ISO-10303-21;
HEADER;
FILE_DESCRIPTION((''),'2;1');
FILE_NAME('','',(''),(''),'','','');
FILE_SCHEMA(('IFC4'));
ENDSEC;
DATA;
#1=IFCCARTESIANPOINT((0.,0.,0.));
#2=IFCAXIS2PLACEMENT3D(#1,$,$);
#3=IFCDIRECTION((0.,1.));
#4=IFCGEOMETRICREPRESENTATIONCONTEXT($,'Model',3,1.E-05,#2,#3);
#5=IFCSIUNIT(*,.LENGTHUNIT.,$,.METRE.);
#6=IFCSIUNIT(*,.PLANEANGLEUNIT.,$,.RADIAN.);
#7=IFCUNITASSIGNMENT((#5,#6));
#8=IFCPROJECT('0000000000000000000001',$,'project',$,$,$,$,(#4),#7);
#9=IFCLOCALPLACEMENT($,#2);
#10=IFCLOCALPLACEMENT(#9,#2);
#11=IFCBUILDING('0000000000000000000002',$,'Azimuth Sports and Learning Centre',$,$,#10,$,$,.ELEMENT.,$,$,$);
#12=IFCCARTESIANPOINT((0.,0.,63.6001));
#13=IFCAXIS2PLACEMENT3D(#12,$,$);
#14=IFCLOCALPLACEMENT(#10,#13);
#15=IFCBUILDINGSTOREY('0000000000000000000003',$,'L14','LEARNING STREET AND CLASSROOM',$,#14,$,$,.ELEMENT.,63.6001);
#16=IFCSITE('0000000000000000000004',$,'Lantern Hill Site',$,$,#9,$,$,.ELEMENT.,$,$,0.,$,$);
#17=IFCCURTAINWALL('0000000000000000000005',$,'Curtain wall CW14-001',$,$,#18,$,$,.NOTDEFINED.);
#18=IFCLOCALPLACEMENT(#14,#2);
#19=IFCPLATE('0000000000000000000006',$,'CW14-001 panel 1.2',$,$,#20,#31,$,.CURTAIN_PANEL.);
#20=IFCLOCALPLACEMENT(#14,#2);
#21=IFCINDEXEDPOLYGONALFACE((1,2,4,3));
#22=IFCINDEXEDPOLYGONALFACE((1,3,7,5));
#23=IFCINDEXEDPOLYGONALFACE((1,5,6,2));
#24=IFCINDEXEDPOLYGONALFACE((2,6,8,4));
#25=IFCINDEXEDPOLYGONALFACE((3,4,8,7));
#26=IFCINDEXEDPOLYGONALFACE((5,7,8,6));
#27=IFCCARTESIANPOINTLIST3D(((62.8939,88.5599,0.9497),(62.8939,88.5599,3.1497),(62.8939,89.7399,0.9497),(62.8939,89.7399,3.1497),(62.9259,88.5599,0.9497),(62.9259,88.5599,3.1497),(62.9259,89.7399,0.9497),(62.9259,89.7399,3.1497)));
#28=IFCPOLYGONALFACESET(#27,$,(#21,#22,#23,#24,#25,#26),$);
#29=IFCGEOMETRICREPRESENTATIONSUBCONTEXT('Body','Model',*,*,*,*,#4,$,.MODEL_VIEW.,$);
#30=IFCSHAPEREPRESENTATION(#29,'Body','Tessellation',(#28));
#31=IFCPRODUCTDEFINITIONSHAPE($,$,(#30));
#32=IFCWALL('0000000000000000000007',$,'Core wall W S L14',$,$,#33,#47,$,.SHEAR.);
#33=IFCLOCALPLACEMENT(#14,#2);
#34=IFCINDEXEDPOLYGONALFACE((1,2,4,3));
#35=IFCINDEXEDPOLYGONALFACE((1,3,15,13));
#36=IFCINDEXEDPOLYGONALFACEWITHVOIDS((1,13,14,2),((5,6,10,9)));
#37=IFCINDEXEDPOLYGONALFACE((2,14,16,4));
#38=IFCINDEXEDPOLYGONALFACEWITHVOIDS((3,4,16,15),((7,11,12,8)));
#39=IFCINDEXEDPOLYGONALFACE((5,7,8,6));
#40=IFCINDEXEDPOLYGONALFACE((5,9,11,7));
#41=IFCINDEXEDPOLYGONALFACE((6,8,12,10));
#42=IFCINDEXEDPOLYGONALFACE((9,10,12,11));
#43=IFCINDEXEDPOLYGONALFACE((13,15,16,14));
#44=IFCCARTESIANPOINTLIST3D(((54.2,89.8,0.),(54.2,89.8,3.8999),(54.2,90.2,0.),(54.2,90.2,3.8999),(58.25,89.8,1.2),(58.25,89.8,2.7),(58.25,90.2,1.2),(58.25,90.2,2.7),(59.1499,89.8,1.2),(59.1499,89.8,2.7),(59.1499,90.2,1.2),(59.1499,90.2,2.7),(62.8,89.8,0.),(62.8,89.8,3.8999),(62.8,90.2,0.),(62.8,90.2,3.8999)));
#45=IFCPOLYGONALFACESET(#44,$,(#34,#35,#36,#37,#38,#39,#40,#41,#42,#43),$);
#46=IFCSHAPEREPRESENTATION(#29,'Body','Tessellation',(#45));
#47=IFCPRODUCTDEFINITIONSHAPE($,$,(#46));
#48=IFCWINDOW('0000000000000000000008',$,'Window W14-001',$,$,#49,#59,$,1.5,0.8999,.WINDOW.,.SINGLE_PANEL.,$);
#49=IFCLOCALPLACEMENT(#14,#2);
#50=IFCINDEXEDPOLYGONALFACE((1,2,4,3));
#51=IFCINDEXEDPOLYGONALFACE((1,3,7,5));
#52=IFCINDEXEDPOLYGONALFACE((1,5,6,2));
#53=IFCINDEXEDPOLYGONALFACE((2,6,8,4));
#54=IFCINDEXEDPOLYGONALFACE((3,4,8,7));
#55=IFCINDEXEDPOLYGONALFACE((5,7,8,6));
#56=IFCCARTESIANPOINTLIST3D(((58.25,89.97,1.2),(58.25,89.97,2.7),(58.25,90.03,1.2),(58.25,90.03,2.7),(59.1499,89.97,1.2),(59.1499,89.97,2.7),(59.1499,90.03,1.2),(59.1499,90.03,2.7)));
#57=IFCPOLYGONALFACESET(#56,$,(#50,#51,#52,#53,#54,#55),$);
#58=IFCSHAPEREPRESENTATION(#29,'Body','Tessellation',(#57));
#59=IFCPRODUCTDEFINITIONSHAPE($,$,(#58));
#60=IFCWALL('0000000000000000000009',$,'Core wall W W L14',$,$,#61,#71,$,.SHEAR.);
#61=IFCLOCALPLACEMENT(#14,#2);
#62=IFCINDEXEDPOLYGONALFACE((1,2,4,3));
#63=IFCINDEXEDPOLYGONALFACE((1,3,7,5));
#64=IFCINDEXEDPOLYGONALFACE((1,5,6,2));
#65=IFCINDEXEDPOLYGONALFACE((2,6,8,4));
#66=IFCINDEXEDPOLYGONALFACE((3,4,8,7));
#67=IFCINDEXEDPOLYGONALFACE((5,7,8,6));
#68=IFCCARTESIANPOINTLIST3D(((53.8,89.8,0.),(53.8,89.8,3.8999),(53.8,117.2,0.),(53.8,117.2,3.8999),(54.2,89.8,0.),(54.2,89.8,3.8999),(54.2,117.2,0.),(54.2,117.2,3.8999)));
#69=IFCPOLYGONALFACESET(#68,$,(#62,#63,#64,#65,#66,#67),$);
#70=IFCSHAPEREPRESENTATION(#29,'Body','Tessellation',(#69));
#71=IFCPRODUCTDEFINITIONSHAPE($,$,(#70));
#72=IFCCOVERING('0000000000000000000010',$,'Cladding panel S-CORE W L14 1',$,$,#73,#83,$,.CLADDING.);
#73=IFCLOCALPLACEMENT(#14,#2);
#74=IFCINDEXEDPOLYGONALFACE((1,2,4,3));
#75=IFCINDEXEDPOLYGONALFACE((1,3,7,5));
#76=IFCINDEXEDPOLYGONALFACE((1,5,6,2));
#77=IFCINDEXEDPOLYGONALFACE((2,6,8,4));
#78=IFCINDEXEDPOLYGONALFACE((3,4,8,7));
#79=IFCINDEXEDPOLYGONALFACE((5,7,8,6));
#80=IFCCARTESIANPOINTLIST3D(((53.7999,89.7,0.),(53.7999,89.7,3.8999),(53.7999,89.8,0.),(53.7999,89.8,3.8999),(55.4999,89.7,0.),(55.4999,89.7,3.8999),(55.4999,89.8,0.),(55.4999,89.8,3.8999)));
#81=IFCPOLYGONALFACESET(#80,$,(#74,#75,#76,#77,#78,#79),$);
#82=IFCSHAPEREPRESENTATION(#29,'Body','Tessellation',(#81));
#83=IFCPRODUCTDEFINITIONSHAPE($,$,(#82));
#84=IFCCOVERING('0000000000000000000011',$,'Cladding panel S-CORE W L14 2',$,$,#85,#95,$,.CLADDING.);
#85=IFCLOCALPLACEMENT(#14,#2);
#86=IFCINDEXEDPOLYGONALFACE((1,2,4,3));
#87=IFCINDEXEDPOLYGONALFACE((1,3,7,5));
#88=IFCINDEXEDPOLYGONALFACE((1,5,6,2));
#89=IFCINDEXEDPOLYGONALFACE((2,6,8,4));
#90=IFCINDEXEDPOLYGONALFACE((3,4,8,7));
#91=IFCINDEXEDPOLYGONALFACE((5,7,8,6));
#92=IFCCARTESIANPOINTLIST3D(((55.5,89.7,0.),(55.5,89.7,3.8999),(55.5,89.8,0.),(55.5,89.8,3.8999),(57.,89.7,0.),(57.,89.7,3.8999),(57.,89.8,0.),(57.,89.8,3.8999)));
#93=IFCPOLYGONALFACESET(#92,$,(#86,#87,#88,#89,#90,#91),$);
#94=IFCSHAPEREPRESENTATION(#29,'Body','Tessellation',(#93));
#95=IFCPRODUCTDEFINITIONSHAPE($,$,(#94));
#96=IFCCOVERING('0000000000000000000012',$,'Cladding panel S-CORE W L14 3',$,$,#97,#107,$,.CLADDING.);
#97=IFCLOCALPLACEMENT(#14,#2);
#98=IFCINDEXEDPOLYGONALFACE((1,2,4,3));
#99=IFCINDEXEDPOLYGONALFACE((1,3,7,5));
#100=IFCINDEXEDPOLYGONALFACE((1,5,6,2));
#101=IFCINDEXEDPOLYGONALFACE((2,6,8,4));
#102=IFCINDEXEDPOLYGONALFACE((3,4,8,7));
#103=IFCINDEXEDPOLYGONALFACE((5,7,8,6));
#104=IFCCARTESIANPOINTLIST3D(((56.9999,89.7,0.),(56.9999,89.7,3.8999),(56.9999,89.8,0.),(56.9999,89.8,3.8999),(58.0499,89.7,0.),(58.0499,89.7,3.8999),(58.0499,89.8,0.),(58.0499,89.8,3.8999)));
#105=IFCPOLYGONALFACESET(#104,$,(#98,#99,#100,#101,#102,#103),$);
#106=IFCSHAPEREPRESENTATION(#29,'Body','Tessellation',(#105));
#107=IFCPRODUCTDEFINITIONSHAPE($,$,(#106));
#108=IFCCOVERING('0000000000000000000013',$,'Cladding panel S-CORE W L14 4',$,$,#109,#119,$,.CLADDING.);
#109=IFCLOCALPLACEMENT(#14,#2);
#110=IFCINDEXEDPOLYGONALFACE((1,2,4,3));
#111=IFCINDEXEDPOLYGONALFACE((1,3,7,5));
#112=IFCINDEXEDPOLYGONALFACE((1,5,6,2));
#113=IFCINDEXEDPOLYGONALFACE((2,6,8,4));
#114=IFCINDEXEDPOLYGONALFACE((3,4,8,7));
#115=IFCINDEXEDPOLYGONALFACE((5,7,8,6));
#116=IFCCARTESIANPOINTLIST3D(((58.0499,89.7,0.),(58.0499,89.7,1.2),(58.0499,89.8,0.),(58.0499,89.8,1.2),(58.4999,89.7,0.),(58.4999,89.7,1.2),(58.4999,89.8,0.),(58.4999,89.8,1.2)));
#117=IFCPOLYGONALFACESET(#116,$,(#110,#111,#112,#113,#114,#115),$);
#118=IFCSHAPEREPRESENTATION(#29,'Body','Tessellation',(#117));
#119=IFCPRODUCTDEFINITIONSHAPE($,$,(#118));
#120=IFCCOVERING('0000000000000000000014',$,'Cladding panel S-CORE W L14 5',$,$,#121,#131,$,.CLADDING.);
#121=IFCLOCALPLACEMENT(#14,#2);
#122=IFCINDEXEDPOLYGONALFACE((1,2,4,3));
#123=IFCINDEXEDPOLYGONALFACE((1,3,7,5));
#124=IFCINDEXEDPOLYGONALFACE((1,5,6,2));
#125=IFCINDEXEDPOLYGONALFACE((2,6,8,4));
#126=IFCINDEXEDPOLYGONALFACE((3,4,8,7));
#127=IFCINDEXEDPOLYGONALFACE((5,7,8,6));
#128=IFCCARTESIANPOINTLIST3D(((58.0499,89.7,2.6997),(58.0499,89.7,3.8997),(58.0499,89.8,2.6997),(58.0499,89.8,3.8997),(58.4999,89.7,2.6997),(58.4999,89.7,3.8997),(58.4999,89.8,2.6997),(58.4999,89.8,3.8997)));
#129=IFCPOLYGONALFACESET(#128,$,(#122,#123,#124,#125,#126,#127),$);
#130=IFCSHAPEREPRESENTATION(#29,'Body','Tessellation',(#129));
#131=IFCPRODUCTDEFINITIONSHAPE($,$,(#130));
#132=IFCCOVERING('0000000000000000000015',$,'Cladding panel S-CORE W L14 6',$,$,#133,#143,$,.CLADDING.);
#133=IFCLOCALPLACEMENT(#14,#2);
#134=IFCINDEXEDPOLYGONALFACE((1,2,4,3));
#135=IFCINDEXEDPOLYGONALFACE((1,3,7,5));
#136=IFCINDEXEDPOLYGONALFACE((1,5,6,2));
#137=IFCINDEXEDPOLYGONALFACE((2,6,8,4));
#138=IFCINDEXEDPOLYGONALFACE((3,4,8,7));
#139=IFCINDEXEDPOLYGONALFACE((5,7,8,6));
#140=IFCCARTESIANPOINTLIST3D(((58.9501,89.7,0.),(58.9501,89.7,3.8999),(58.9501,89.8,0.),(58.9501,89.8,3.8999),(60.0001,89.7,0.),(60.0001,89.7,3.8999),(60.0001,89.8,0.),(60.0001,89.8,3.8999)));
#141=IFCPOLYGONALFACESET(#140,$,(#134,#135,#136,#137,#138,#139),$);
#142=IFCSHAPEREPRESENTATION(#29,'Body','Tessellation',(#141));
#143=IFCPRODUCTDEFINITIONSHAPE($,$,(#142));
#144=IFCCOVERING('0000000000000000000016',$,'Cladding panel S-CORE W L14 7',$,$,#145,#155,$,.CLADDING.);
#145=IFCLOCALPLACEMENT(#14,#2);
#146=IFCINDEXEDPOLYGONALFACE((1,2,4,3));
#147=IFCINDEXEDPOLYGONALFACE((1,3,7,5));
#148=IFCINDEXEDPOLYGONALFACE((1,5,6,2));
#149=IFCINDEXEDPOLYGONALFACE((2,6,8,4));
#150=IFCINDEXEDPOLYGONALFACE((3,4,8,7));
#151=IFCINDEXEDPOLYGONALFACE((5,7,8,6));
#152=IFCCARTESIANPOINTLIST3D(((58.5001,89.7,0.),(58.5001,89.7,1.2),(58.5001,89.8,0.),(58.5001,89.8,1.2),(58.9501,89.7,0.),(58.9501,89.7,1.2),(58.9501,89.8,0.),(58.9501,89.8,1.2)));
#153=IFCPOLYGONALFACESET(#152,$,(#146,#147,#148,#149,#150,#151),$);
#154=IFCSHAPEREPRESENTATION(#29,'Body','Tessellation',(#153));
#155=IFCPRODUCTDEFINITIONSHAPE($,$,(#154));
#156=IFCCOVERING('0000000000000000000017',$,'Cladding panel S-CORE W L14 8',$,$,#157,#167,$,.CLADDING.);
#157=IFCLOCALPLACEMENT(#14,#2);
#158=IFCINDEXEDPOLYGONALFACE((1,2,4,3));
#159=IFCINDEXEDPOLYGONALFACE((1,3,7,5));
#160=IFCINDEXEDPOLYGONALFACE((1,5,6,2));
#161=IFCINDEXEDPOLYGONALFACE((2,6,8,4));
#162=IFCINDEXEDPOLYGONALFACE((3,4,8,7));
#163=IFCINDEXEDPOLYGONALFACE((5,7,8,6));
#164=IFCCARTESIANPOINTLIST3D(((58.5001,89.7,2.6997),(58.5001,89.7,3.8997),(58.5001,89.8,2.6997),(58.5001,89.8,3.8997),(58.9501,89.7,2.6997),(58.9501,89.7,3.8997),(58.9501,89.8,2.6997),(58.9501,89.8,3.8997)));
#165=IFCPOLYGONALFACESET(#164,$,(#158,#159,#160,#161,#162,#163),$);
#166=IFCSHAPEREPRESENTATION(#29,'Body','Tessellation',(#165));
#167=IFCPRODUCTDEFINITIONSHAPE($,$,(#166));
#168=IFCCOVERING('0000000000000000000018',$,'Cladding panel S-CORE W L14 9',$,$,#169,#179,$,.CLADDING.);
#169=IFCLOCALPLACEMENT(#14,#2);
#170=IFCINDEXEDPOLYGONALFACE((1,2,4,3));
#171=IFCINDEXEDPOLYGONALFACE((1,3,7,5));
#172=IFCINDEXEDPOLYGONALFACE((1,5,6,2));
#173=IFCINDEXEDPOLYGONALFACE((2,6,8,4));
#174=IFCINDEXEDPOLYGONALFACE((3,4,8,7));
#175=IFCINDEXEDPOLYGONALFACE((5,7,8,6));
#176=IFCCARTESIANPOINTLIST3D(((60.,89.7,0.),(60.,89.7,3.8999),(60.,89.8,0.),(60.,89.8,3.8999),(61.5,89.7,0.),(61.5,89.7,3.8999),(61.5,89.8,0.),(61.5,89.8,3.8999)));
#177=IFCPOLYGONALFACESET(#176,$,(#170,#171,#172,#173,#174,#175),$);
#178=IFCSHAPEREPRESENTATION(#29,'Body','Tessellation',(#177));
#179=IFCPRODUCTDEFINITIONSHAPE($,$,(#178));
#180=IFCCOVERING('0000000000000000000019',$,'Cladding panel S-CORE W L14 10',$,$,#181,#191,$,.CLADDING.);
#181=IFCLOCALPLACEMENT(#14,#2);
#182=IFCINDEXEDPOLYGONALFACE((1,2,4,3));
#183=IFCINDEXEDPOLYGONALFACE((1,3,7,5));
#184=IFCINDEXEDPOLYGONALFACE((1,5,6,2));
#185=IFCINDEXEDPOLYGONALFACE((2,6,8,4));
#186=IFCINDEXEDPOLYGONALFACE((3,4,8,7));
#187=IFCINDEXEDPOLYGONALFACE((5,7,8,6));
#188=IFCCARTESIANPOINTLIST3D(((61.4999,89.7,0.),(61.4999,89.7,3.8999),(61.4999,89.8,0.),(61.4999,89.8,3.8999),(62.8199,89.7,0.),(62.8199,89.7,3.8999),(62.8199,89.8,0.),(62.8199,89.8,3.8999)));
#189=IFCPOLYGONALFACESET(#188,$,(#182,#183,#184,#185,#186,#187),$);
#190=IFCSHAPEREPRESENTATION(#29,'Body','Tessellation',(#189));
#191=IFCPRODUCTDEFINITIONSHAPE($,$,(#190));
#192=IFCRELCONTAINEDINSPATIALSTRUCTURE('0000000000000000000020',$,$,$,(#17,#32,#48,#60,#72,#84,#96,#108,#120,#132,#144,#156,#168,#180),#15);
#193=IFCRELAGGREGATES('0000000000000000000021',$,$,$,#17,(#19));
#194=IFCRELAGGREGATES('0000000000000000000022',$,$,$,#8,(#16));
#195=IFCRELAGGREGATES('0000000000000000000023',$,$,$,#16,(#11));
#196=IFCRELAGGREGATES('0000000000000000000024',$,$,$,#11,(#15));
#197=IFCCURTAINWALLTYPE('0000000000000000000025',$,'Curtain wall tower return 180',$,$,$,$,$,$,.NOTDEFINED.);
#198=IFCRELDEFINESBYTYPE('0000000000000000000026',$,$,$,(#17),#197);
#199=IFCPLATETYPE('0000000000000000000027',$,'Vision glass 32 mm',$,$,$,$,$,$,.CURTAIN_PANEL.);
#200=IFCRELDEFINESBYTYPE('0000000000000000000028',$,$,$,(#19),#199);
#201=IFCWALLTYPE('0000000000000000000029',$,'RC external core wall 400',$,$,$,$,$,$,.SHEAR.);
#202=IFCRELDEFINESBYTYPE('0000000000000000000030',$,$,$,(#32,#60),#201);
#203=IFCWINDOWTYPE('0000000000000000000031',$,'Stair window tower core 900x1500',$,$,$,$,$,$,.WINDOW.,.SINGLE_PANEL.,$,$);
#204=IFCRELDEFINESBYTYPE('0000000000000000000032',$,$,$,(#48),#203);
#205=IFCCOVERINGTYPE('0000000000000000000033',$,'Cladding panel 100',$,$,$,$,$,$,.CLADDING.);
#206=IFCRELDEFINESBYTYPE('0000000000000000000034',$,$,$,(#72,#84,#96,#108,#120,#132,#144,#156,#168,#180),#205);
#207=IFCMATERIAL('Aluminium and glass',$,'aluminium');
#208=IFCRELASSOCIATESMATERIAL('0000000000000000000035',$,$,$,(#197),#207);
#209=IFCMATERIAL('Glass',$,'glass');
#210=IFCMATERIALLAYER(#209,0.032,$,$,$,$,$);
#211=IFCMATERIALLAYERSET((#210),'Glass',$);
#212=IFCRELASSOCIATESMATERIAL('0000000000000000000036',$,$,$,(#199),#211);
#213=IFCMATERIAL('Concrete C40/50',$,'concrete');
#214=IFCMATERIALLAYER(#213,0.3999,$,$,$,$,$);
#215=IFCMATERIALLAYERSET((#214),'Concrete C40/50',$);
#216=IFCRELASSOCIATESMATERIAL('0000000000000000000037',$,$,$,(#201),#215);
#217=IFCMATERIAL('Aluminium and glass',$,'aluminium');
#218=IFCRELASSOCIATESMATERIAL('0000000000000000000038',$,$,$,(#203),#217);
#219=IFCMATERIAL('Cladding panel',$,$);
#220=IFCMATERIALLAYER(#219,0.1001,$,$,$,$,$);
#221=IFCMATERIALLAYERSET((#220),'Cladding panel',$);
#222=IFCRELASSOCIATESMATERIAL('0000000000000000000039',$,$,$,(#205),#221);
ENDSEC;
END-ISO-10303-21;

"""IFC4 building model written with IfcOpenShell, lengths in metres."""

from ifc_helpers import new_model, si_unit, direction, frame, frame_2d, origin, origin_2d, place, context, subcontext, project, spatial, rectangle, extrude, material, layer, layer_set, type_object, element, fill, aggregate, save


model = new_model("IFC4")

# Units and contexts
model_context = context("Model", 3, precision=1e-05, world=origin(), true_north=direction((0.0, 1.0)))
body_context = subcontext(model_context, "Body", "Model", "MODEL_VIEW")
ifc_project = project(units=[si_unit("LENGTHUNIT", "METRE"), si_unit("PLANEANGLEUNIT", "RADIAN")], contexts=[model_context])

# Site, building, storey
site_placement = place(None, origin())
site = spatial("IfcSite", under=ifc_project, at=site_placement, Name="Lantern Hill Site", CompositionType="ELEMENT", RefElevation=0.0)
building_placement = place(site_placement, origin())
building = spatial("IfcBuilding", under=site, at=building_placement, Name="Azimuth Sports and Learning Centre", CompositionType="ELEMENT")
storey_placement = place(building_placement, frame((0.0, 0.0, 63.6001)))
storey = spatial("IfcBuildingStorey", under=building, at=storey_placement, Name="L14", Description="LEARNING STREET AND CLASSROOM", CompositionType="ELEMENT", Elevation=63.6001)

# Curtain wall, plate
ifc_material_1 = material(Name="Aluminium and glass", Category="aluminium")
curtain_wall_type = type_object("IfcCurtainWallType", Name="Curtain wall tower return 180", PredefinedType="NOTDEFINED", material=ifc_material_1)
curtain_wall_placement = place(storey_placement, origin())
curtain_wall = element("IfcCurtainWall", 1, at=curtain_wall_placement, inside=storey, type_object=curtain_wall_type, Name="Curtain wall CW14-001", PredefinedType="NOTDEFINED")
ifc_material_2 = material(Name="Glass", Category="glass")
ifc_layer_1 = layer(ifc_material_2, 0.032)
ifc_layer_set_1 = layer_set([ifc_layer_1], Name="Glass")
plate_type_1 = type_object("IfcPlateType", Name="Vision glass 32 mm", PredefinedType="CURTAIN_PANEL", material=ifc_layer_set_1)
plate_1_placement = place(storey_placement, frame((62.9099, 89.1499, 0.9497), z_axis=(0.0, 0.0, 1.0), x_axis=(0.0, -1.0, 0.0)))
plate_1 = element("IfcPlate", 2, at=plate_1_placement, type_object=plate_type_1, Name="CW14-001 panel 1.2", PredefinedType="CURTAIN_PANEL", context=body_context, shape_type="SweptSolid", body=[
    extrude(rectangle(XDim=1.1799, YDim=0.032, at=origin_2d()), origin(), (0.0, 0.0, 1.0), 2.2),
])
aggregate(curtain_wall, [plate_1])

# Wall, opening, window
ifc_material_3 = material(Name="Concrete C40/50", Category="concrete")
ifc_layer_2 = layer(ifc_material_3, 0.3999)
ifc_layer_set_2 = layer_set([ifc_layer_2], Name="Concrete C40/50")
wall_type = type_object("IfcWallType", Name="RC external core wall 400", PredefinedType="SHEAR", material=ifc_layer_set_2)
wall_1_placement = place(storey_placement, frame((54.2, 90.0, 0.0), z_axis=(0.0, 0.0, 1.0), x_axis=(1.0, 0.0, 0.0)))
wall_1 = element("IfcWall", 3, at=wall_1_placement, inside=storey, type_object=wall_type, Name="Core wall W S L14", PredefinedType="SHEAR", context=body_context, shape_type="SweptSolid", body=[
    extrude(rectangle(XDim=8.6001, YDim=0.3999, at=frame_2d((4.3, 0.0))), origin(), (0.0, 0.0, 1.0), 3.8999),
])
opening_placement = place(wall_1_placement, frame((4.05, 0.0, 1.2)))
opening = element("IfcOpeningElement", 4, at=opening_placement, cuts=wall_1, PredefinedType="OPENING", context=body_context, shape_type="SweptSolid", body=[
    extrude(rectangle(XDim=0.8999, YDim=1.5, at=frame_2d((0.45, 0.75))), frame((0.0, 0.2109, 0.0), z_axis=(0.0, -1.0, 0.0), x_axis=(1.0, 0.0, 0.0)), (0.0, 0.0, 1.0), 0.4219),
])
ifc_material_4 = material(Name="Aluminium and glass", Category="aluminium")
window_type = type_object("IfcWindowType", Name="Stair window tower core 900x1500", PartitioningType="SINGLE_PANEL", PredefinedType="WINDOW", material=ifc_material_4)
window_placement = place(opening_placement, origin())
window = element("IfcWindow", 5, at=window_placement, inside=storey, type_object=window_type, Name="Window W14-001", OverallHeight=1.5, OverallWidth=0.8999, PartitioningType="SINGLE_PANEL", PredefinedType="WINDOW", context=body_context, shape_type="SweptSolid", body=[
    extrude(rectangle(XDim=0.8999, YDim=1.5, at=frame_2d((0.45, 0.75))), frame((0.0, 0.03, 0.0), z_axis=(0.0, -1.0, 0.0), x_axis=(1.0, 0.0, 0.0)), (0.0, 0.0, 1.0), 0.0601),
])
fill(opening, window)

# Wall
wall_2_placement = place(storey_placement, frame((54.0, 89.8, 0.0), z_axis=(0.0, 0.0, 1.0), x_axis=(0.0, 1.0, 0.0)))
element("IfcWall", 6, at=wall_2_placement, inside=storey, type_object=wall_type, Name="Core wall W W L14", PredefinedType="SHEAR", context=body_context, shape_type="SweptSolid", body=[
    extrude(rectangle(XDim=27.3999, YDim=0.3999, at=frame_2d((13.7, 0.0))), origin(), (0.0, 0.0, 1.0), 3.8999),
])

# Coverings
ifc_material_5 = material(Name="Cladding panel")
ifc_layer_3 = layer(ifc_material_5, 0.1001)
ifc_layer_set_3 = layer_set([ifc_layer_3], Name="Cladding panel")
covering_type = type_object("IfcCoveringType", Name="Cladding panel 100", PredefinedType="CLADDING", material=ifc_layer_set_3)
covering_1_placement = place(storey_placement, frame((54.6499, 89.75, 0.0), z_axis=(0.0, 0.0, 1.0), x_axis=(1.0, 0.0, 0.0)))
element("IfcCovering", 7, at=covering_1_placement, inside=storey, type_object=covering_type, Name="Cladding panel S-CORE W L14 1", PredefinedType="CLADDING", context=body_context, shape_type="SweptSolid", body=[
    extrude(rectangle(XDim=1.7, YDim=0.1001, at=origin_2d()), origin(), (0.0, 0.0, 1.0), 3.8999),
])
covering_2_placement = place(storey_placement, frame((56.25, 89.75, 0.0), z_axis=(0.0, 0.0, 1.0), x_axis=(1.0, 0.0, 0.0)))
element("IfcCovering", 8, at=covering_2_placement, inside=storey, type_object=covering_type, Name="Cladding panel S-CORE W L14 2", PredefinedType="CLADDING", context=body_context, shape_type="SweptSolid", body=[
    extrude(rectangle(XDim=1.5, YDim=0.1001, at=origin_2d()), origin(), (0.0, 0.0, 1.0), 3.8999),
])
covering_3_placement = place(storey_placement, frame((57.5249, 89.75, 0.0), z_axis=(0.0, 0.0, 1.0), x_axis=(1.0, 0.0, 0.0)))
element("IfcCovering", 9, at=covering_3_placement, inside=storey, type_object=covering_type, Name="Cladding panel S-CORE W L14 3", PredefinedType="CLADDING", context=body_context, shape_type="SweptSolid", body=[
    extrude(rectangle(XDim=1.05, YDim=0.1001, at=origin_2d()), origin(), (0.0, 0.0, 1.0), 3.8999),
])
for number, where, z_axis, x_axis, name in (
    (10, (58.2749, 89.75, 0.0), (0.0, 0.0, 1.0), (1.0, 0.0, 0.0), "Cladding panel S-CORE W L14 4"),
    (11, (58.2749, 89.75, 2.6997), (0.0, 0.0, 1.0), (1.0, 0.0, 0.0), "Cladding panel S-CORE W L14 5"),
):
    element("IfcCovering", number, at=place(storey_placement, frame(where, z_axis=z_axis, x_axis=x_axis)), inside=storey, type_object=covering_type, Name=name, PredefinedType="CLADDING", context=body_context, shape_type="SweptSolid", body=[
        extrude(rectangle(XDim=0.45, YDim=0.1001, at=origin_2d()), origin(), (0.0, 0.0, 1.0), 1.2),
    ])
covering_4_placement = place(storey_placement, frame((59.4751, 89.75, 0.0), z_axis=(0.0, 0.0, 1.0), x_axis=(1.0, 0.0, 0.0)))
element("IfcCovering", 12, at=covering_4_placement, inside=storey, type_object=covering_type, Name="Cladding panel S-CORE W L14 6", PredefinedType="CLADDING", context=body_context, shape_type="SweptSolid", body=[
    extrude(rectangle(XDim=1.05, YDim=0.1001, at=origin_2d()), origin(), (0.0, 0.0, 1.0), 3.8999),
])
for number, where, z_axis, x_axis, name in (
    (13, (58.7251, 89.75, 0.0), (0.0, 0.0, 1.0), (1.0, 0.0, 0.0), "Cladding panel S-CORE W L14 7"),
    (14, (58.7251, 89.75, 2.6997), (0.0, 0.0, 1.0), (1.0, 0.0, 0.0), "Cladding panel S-CORE W L14 8"),
):
    element("IfcCovering", number, at=place(storey_placement, frame(where, z_axis=z_axis, x_axis=x_axis)), inside=storey, type_object=covering_type, Name=name, PredefinedType="CLADDING", context=body_context, shape_type="SweptSolid", body=[
        extrude(rectangle(XDim=0.45, YDim=0.1001, at=origin_2d()), origin(), (0.0, 0.0, 1.0), 1.2),
    ])
covering_5_placement = place(storey_placement, frame((60.75, 89.75, 0.0), z_axis=(0.0, 0.0, 1.0), x_axis=(1.0, 0.0, 0.0)))
element("IfcCovering", 15, at=covering_5_placement, inside=storey, type_object=covering_type, Name="Cladding panel S-CORE W L14 9", PredefinedType="CLADDING", context=body_context, shape_type="SweptSolid", body=[
    extrude(rectangle(XDim=1.5, YDim=0.1001, at=origin_2d()), origin(), (0.0, 0.0, 1.0), 3.8999),
])
covering_6_placement = place(storey_placement, frame((62.1599, 89.75, 0.0), z_axis=(0.0, 0.0, 1.0), x_axis=(1.0, 0.0, 0.0)))
element("IfcCovering", 16, at=covering_6_placement, inside=storey, type_object=covering_type, Name="Cladding panel S-CORE W L14 10", PredefinedType="CLADDING", context=body_context, shape_type="SweptSolid", body=[
    extrude(rectangle(XDim=1.3201, YDim=0.1001, at=origin_2d()), origin(), (0.0, 0.0, 1.0), 3.8999),
])

save(model, "model.ifc")
